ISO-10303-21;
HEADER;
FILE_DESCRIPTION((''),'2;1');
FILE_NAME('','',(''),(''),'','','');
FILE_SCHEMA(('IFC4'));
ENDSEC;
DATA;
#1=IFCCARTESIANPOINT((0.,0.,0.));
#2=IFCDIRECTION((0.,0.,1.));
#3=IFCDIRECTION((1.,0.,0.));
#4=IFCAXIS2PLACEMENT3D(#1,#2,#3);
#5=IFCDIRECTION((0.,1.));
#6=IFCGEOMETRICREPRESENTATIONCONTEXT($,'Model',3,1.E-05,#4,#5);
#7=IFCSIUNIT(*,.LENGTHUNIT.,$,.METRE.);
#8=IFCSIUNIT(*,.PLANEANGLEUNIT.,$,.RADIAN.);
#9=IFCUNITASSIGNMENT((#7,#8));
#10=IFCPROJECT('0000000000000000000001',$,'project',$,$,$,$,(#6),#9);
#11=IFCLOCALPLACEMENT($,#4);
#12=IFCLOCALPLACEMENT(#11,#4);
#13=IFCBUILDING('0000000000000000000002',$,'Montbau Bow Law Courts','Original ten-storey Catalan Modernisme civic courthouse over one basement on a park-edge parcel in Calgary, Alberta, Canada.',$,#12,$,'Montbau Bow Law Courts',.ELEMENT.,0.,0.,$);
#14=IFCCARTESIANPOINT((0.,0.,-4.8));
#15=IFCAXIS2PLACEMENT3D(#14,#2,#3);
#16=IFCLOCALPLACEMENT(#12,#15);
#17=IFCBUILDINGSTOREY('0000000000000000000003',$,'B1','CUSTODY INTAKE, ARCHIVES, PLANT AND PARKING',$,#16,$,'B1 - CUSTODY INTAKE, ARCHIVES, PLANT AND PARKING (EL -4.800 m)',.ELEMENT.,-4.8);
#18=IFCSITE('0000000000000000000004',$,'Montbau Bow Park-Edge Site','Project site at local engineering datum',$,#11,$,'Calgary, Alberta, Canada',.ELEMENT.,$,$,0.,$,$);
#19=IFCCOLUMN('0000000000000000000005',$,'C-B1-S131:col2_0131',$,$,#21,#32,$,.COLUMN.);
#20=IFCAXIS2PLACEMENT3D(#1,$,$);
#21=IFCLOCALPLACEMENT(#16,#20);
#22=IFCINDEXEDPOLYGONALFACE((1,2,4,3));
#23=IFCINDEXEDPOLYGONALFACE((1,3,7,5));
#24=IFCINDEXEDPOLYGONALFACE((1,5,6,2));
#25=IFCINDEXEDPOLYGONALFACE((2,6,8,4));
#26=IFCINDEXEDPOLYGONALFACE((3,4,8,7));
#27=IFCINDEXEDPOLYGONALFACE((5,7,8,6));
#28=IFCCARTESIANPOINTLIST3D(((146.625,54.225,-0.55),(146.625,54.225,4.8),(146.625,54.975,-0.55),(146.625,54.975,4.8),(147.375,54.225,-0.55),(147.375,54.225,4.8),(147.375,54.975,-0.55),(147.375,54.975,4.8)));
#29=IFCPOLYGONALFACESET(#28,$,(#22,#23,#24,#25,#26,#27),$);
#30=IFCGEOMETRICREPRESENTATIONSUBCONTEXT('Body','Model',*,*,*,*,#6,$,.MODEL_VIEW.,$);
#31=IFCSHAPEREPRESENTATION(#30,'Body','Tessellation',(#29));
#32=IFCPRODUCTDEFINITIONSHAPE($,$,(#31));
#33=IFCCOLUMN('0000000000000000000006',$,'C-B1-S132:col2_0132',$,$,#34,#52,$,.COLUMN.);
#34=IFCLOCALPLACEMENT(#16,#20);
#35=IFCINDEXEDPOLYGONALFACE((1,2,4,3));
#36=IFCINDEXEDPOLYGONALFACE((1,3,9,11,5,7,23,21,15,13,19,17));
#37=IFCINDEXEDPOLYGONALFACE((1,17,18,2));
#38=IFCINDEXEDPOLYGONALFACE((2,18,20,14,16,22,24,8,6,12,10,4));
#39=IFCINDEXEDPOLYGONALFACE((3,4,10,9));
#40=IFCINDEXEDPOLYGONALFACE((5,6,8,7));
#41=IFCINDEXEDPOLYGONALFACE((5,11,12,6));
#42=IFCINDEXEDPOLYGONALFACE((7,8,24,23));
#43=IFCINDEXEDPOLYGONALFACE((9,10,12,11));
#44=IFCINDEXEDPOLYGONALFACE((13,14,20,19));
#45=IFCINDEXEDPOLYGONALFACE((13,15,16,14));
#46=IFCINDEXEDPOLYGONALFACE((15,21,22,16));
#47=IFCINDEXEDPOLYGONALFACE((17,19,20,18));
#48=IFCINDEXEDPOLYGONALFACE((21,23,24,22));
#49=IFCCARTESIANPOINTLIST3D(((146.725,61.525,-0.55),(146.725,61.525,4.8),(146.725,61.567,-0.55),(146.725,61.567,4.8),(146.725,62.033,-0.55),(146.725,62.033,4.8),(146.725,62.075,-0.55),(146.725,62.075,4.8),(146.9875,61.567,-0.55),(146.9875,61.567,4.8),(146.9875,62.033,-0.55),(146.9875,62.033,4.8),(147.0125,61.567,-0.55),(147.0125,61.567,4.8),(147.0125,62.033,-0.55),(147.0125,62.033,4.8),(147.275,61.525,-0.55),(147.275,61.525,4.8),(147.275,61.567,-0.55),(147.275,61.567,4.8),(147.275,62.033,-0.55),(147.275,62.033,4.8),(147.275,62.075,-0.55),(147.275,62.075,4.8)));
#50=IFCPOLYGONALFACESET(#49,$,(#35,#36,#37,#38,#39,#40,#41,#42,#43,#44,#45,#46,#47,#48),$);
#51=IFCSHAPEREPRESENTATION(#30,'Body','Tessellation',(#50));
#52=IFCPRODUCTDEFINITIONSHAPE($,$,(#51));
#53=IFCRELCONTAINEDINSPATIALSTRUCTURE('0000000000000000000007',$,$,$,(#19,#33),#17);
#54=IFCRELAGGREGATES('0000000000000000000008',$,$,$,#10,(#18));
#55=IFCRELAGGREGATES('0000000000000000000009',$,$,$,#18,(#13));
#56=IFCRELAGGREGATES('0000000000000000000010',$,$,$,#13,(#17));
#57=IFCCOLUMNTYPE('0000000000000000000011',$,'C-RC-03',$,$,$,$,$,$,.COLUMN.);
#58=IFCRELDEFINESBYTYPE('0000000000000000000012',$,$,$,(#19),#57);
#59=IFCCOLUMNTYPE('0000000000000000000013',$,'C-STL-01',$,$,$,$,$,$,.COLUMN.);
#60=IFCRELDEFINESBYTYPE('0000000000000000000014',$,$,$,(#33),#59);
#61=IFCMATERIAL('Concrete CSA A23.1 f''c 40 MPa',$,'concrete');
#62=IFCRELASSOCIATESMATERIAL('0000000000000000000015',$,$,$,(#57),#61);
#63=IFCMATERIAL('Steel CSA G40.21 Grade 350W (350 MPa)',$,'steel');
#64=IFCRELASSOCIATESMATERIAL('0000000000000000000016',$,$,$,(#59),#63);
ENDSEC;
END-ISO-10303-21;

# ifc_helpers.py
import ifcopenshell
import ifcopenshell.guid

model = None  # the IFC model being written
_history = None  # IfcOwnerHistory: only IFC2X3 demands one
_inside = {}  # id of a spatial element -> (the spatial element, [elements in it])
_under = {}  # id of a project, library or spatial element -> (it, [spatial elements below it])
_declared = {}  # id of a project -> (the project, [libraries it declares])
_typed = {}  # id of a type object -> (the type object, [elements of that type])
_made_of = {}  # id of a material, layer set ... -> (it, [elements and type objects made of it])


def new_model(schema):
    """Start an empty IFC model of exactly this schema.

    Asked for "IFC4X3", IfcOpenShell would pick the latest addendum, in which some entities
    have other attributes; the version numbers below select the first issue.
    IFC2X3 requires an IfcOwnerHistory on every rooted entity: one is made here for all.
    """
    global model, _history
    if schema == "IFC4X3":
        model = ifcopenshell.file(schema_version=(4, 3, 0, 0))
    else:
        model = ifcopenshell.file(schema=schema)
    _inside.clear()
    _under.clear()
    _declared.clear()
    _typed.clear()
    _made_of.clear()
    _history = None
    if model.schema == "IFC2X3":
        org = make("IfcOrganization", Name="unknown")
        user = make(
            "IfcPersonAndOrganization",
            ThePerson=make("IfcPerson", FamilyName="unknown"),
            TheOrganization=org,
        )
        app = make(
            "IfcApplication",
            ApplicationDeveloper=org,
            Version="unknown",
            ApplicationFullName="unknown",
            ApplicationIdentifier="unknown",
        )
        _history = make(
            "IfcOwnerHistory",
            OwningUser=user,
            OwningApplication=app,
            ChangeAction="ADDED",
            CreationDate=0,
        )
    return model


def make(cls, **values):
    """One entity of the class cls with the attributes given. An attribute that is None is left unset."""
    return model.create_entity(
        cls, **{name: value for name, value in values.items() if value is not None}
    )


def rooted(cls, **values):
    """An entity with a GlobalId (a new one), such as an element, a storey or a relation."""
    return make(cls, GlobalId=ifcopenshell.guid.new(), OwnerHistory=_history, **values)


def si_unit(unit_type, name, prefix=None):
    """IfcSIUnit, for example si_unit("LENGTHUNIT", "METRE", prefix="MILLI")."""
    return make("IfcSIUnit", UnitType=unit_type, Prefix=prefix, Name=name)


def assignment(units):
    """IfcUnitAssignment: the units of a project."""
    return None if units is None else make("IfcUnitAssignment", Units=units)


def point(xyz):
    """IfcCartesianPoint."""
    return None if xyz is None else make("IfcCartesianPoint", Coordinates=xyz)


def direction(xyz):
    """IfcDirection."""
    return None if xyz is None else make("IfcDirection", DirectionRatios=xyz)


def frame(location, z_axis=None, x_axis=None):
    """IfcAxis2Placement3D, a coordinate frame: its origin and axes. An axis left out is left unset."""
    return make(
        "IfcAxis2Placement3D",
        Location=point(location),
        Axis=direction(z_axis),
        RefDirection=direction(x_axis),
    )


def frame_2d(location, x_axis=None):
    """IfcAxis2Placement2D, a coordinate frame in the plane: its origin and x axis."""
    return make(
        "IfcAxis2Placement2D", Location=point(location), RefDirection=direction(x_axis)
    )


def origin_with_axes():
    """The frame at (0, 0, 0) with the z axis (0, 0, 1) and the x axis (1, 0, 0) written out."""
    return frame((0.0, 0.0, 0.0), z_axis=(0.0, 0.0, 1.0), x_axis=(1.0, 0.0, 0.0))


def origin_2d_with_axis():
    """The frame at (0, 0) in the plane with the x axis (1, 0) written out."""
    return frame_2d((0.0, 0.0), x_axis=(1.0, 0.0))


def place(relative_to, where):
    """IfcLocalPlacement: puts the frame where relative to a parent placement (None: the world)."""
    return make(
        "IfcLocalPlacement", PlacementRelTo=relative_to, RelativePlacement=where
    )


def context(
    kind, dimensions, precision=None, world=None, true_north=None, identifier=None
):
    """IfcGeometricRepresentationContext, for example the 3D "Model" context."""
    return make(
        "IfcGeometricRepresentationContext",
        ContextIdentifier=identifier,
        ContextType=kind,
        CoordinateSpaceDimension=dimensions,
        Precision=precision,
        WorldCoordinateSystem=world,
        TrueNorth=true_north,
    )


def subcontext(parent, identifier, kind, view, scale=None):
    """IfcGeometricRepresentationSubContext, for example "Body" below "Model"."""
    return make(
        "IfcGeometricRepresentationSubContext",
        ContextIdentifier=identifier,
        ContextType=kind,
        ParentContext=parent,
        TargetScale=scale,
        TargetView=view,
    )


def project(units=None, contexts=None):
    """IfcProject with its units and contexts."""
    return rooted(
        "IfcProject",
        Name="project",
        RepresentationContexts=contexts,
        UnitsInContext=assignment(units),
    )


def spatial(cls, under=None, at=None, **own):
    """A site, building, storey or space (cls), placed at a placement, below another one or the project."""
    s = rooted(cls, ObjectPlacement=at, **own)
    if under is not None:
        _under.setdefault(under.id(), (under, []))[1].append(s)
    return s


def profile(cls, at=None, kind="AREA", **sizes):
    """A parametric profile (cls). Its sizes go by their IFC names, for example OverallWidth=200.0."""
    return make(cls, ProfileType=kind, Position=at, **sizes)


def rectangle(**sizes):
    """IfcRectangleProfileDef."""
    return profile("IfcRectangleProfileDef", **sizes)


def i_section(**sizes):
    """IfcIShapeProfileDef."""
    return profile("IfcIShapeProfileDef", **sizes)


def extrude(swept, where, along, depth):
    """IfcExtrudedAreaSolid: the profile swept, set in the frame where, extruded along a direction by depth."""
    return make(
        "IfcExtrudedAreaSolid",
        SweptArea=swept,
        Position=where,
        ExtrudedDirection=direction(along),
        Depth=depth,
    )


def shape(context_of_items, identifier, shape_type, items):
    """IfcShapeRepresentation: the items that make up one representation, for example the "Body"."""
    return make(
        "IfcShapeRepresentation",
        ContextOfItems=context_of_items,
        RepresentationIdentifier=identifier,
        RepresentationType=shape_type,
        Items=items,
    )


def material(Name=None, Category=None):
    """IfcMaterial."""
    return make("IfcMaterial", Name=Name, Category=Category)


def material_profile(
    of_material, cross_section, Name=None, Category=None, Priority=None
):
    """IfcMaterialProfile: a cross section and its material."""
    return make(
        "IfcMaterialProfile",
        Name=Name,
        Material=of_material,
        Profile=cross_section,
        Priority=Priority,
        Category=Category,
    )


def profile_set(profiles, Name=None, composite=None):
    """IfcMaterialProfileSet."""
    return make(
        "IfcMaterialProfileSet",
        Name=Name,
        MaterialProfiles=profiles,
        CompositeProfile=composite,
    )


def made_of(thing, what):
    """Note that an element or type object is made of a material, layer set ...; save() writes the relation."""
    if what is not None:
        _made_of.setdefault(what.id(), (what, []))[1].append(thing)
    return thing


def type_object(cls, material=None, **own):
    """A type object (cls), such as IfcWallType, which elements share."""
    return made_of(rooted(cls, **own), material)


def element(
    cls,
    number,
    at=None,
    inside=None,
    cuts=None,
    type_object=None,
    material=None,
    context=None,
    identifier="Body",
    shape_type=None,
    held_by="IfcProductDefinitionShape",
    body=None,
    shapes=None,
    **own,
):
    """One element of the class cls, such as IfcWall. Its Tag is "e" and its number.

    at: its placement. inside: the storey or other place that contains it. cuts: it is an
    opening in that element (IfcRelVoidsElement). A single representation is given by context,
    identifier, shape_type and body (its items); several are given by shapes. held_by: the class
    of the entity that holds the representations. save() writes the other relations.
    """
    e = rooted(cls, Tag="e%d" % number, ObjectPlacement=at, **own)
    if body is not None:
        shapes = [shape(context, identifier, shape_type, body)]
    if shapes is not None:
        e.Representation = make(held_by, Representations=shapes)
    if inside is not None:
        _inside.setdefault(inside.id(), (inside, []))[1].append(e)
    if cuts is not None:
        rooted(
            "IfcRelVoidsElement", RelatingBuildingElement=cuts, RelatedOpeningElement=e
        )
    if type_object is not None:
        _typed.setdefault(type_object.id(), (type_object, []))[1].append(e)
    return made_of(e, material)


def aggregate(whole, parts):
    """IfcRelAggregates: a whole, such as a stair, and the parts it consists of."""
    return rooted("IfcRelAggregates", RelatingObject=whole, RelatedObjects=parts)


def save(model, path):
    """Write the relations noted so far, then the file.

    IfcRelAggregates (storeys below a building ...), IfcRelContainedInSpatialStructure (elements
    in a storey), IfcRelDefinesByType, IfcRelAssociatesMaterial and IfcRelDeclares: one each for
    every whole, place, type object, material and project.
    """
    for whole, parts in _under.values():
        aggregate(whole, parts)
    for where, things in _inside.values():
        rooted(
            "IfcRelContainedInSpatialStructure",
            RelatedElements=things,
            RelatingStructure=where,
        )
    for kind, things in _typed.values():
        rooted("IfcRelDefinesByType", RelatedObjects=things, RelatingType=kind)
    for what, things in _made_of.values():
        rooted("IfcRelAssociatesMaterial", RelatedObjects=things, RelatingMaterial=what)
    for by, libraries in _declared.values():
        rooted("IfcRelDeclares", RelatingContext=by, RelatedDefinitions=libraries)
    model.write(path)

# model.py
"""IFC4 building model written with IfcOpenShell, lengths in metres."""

from ifc_helpers import new_model, si_unit, direction, frame, origin_with_axes, origin_2d_with_axis, place, context, subcontext, project, spatial, rectangle, i_section, extrude, material, material_profile, profile_set, type_object, element, save


model = new_model("IFC4")

# Units and contexts
model_context = context("Model", 3, precision=1e-05, world=origin_with_axes(), true_north=direction((0.0, 1.0)))
body_context = subcontext(model_context, "Body", "Model", "MODEL_VIEW")
ifc_project = project(units=[si_unit("LENGTHUNIT", "METRE"), si_unit("PLANEANGLEUNIT", "RADIAN")], contexts=[model_context])

# Site, building, storey
site_placement = place(None, origin_with_axes())
site = spatial("IfcSite", under=ifc_project, at=site_placement, Name="Montbau Bow Park-Edge Site", Description="Project site at local engineering datum", LongName="Calgary, Alberta, Canada", CompositionType="ELEMENT", RefElevation=0.0)
building_placement = place(site_placement, origin_with_axes())
building = spatial("IfcBuilding", under=site, at=building_placement, Name="Montbau Bow Law Courts", Description="Original ten-storey Catalan Modernisme civic courthouse over one basement on a park-edge parcel in Calgary, Alberta, Canada.", LongName="Montbau Bow Law Courts", CompositionType="ELEMENT", ElevationOfRefHeight=0.0, ElevationOfTerrain=0.0)
storey_placement = place(building_placement, frame((0.0, 0.0, -4.8), z_axis=(0.0, 0.0, 1.0), x_axis=(1.0, 0.0, 0.0)))
storey = spatial("IfcBuildingStorey", under=building, at=storey_placement, Name="B1", Description="CUSTODY INTAKE, ARCHIVES, PLANT AND PARKING", LongName="B1 - CUSTODY INTAKE, ARCHIVES, PLANT AND PARKING (EL -4.800 m)", CompositionType="ELEMENT", Elevation=-4.8)

# Shared definitions
ifc_material_1 = material(Name="Concrete CSA A23.1 f'c 40 MPa", Category="concrete")

# Columns
ifc_material_profile_1 = material_profile(ifc_material_1, rectangle(XDim=0.75, YDim=0.75, at=origin_2d_with_axis()), Name="RC750X750", Category="Main", Priority=0)
ifc_profile_set_1 = profile_set([ifc_material_profile_1], Name="Concrete CSA A23.1 f'c 40 MPa")
column_type_1 = type_object("IfcColumnType", Name="C-RC-03", PredefinedType="COLUMN", material=ifc_profile_set_1)
column_1_placement = place(None, frame((147.0, 54.6, -5.35), z_axis=(0.0, 0.0, 1.0), x_axis=(1.0, 0.0, 0.0)))
element("IfcColumn", 1, at=column_1_placement, inside=storey, type_object=column_type_1, Name="C-B1-S131:col2_0131", PredefinedType="COLUMN", context=body_context, shape_type="SweptSolid", body=[
    extrude(rectangle(XDim=0.75, YDim=0.75, at=origin_2d_with_axis()), origin_with_axes(), (0.0, 0.0, 1.0), 5.35),
])
ifc_material_2 = material(Name="Steel CSA G40.21 Grade 350W (350 MPa)", Category="steel")
ifc_material_profile_2 = material_profile(ifc_material_2, i_section(OverallWidth=0.55, OverallDepth=0.55, WebThickness=0.025, FlangeThickness=0.042, at=origin_2d_with_axis()), Name="WWF550X420", Category="Main", Priority=0)
ifc_profile_set_2 = profile_set([ifc_material_profile_2], Name="Steel CSA G40.21 Grade 350W (350 MPa)")
column_type_2 = type_object("IfcColumnType", Name="C-STL-01", PredefinedType="COLUMN", material=ifc_profile_set_2)
column_2_placement = place(None, frame((147.0, 61.8, -5.35), z_axis=(0.0, 0.0, 1.0), x_axis=(1.0, 0.0, 0.0)))
element("IfcColumn", 2, at=column_2_placement, inside=storey, type_object=column_type_2, Name="C-B1-S132:col2_0132", PredefinedType="COLUMN", context=body_context, shape_type="SweptSolid", body=[
    extrude(i_section(OverallWidth=0.55, OverallDepth=0.55, WebThickness=0.025, FlangeThickness=0.042, at=origin_2d_with_axis()), origin_with_axes(), (0.0, 0.0, 1.0), 5.35),
])

save(model, "model.ifc")
